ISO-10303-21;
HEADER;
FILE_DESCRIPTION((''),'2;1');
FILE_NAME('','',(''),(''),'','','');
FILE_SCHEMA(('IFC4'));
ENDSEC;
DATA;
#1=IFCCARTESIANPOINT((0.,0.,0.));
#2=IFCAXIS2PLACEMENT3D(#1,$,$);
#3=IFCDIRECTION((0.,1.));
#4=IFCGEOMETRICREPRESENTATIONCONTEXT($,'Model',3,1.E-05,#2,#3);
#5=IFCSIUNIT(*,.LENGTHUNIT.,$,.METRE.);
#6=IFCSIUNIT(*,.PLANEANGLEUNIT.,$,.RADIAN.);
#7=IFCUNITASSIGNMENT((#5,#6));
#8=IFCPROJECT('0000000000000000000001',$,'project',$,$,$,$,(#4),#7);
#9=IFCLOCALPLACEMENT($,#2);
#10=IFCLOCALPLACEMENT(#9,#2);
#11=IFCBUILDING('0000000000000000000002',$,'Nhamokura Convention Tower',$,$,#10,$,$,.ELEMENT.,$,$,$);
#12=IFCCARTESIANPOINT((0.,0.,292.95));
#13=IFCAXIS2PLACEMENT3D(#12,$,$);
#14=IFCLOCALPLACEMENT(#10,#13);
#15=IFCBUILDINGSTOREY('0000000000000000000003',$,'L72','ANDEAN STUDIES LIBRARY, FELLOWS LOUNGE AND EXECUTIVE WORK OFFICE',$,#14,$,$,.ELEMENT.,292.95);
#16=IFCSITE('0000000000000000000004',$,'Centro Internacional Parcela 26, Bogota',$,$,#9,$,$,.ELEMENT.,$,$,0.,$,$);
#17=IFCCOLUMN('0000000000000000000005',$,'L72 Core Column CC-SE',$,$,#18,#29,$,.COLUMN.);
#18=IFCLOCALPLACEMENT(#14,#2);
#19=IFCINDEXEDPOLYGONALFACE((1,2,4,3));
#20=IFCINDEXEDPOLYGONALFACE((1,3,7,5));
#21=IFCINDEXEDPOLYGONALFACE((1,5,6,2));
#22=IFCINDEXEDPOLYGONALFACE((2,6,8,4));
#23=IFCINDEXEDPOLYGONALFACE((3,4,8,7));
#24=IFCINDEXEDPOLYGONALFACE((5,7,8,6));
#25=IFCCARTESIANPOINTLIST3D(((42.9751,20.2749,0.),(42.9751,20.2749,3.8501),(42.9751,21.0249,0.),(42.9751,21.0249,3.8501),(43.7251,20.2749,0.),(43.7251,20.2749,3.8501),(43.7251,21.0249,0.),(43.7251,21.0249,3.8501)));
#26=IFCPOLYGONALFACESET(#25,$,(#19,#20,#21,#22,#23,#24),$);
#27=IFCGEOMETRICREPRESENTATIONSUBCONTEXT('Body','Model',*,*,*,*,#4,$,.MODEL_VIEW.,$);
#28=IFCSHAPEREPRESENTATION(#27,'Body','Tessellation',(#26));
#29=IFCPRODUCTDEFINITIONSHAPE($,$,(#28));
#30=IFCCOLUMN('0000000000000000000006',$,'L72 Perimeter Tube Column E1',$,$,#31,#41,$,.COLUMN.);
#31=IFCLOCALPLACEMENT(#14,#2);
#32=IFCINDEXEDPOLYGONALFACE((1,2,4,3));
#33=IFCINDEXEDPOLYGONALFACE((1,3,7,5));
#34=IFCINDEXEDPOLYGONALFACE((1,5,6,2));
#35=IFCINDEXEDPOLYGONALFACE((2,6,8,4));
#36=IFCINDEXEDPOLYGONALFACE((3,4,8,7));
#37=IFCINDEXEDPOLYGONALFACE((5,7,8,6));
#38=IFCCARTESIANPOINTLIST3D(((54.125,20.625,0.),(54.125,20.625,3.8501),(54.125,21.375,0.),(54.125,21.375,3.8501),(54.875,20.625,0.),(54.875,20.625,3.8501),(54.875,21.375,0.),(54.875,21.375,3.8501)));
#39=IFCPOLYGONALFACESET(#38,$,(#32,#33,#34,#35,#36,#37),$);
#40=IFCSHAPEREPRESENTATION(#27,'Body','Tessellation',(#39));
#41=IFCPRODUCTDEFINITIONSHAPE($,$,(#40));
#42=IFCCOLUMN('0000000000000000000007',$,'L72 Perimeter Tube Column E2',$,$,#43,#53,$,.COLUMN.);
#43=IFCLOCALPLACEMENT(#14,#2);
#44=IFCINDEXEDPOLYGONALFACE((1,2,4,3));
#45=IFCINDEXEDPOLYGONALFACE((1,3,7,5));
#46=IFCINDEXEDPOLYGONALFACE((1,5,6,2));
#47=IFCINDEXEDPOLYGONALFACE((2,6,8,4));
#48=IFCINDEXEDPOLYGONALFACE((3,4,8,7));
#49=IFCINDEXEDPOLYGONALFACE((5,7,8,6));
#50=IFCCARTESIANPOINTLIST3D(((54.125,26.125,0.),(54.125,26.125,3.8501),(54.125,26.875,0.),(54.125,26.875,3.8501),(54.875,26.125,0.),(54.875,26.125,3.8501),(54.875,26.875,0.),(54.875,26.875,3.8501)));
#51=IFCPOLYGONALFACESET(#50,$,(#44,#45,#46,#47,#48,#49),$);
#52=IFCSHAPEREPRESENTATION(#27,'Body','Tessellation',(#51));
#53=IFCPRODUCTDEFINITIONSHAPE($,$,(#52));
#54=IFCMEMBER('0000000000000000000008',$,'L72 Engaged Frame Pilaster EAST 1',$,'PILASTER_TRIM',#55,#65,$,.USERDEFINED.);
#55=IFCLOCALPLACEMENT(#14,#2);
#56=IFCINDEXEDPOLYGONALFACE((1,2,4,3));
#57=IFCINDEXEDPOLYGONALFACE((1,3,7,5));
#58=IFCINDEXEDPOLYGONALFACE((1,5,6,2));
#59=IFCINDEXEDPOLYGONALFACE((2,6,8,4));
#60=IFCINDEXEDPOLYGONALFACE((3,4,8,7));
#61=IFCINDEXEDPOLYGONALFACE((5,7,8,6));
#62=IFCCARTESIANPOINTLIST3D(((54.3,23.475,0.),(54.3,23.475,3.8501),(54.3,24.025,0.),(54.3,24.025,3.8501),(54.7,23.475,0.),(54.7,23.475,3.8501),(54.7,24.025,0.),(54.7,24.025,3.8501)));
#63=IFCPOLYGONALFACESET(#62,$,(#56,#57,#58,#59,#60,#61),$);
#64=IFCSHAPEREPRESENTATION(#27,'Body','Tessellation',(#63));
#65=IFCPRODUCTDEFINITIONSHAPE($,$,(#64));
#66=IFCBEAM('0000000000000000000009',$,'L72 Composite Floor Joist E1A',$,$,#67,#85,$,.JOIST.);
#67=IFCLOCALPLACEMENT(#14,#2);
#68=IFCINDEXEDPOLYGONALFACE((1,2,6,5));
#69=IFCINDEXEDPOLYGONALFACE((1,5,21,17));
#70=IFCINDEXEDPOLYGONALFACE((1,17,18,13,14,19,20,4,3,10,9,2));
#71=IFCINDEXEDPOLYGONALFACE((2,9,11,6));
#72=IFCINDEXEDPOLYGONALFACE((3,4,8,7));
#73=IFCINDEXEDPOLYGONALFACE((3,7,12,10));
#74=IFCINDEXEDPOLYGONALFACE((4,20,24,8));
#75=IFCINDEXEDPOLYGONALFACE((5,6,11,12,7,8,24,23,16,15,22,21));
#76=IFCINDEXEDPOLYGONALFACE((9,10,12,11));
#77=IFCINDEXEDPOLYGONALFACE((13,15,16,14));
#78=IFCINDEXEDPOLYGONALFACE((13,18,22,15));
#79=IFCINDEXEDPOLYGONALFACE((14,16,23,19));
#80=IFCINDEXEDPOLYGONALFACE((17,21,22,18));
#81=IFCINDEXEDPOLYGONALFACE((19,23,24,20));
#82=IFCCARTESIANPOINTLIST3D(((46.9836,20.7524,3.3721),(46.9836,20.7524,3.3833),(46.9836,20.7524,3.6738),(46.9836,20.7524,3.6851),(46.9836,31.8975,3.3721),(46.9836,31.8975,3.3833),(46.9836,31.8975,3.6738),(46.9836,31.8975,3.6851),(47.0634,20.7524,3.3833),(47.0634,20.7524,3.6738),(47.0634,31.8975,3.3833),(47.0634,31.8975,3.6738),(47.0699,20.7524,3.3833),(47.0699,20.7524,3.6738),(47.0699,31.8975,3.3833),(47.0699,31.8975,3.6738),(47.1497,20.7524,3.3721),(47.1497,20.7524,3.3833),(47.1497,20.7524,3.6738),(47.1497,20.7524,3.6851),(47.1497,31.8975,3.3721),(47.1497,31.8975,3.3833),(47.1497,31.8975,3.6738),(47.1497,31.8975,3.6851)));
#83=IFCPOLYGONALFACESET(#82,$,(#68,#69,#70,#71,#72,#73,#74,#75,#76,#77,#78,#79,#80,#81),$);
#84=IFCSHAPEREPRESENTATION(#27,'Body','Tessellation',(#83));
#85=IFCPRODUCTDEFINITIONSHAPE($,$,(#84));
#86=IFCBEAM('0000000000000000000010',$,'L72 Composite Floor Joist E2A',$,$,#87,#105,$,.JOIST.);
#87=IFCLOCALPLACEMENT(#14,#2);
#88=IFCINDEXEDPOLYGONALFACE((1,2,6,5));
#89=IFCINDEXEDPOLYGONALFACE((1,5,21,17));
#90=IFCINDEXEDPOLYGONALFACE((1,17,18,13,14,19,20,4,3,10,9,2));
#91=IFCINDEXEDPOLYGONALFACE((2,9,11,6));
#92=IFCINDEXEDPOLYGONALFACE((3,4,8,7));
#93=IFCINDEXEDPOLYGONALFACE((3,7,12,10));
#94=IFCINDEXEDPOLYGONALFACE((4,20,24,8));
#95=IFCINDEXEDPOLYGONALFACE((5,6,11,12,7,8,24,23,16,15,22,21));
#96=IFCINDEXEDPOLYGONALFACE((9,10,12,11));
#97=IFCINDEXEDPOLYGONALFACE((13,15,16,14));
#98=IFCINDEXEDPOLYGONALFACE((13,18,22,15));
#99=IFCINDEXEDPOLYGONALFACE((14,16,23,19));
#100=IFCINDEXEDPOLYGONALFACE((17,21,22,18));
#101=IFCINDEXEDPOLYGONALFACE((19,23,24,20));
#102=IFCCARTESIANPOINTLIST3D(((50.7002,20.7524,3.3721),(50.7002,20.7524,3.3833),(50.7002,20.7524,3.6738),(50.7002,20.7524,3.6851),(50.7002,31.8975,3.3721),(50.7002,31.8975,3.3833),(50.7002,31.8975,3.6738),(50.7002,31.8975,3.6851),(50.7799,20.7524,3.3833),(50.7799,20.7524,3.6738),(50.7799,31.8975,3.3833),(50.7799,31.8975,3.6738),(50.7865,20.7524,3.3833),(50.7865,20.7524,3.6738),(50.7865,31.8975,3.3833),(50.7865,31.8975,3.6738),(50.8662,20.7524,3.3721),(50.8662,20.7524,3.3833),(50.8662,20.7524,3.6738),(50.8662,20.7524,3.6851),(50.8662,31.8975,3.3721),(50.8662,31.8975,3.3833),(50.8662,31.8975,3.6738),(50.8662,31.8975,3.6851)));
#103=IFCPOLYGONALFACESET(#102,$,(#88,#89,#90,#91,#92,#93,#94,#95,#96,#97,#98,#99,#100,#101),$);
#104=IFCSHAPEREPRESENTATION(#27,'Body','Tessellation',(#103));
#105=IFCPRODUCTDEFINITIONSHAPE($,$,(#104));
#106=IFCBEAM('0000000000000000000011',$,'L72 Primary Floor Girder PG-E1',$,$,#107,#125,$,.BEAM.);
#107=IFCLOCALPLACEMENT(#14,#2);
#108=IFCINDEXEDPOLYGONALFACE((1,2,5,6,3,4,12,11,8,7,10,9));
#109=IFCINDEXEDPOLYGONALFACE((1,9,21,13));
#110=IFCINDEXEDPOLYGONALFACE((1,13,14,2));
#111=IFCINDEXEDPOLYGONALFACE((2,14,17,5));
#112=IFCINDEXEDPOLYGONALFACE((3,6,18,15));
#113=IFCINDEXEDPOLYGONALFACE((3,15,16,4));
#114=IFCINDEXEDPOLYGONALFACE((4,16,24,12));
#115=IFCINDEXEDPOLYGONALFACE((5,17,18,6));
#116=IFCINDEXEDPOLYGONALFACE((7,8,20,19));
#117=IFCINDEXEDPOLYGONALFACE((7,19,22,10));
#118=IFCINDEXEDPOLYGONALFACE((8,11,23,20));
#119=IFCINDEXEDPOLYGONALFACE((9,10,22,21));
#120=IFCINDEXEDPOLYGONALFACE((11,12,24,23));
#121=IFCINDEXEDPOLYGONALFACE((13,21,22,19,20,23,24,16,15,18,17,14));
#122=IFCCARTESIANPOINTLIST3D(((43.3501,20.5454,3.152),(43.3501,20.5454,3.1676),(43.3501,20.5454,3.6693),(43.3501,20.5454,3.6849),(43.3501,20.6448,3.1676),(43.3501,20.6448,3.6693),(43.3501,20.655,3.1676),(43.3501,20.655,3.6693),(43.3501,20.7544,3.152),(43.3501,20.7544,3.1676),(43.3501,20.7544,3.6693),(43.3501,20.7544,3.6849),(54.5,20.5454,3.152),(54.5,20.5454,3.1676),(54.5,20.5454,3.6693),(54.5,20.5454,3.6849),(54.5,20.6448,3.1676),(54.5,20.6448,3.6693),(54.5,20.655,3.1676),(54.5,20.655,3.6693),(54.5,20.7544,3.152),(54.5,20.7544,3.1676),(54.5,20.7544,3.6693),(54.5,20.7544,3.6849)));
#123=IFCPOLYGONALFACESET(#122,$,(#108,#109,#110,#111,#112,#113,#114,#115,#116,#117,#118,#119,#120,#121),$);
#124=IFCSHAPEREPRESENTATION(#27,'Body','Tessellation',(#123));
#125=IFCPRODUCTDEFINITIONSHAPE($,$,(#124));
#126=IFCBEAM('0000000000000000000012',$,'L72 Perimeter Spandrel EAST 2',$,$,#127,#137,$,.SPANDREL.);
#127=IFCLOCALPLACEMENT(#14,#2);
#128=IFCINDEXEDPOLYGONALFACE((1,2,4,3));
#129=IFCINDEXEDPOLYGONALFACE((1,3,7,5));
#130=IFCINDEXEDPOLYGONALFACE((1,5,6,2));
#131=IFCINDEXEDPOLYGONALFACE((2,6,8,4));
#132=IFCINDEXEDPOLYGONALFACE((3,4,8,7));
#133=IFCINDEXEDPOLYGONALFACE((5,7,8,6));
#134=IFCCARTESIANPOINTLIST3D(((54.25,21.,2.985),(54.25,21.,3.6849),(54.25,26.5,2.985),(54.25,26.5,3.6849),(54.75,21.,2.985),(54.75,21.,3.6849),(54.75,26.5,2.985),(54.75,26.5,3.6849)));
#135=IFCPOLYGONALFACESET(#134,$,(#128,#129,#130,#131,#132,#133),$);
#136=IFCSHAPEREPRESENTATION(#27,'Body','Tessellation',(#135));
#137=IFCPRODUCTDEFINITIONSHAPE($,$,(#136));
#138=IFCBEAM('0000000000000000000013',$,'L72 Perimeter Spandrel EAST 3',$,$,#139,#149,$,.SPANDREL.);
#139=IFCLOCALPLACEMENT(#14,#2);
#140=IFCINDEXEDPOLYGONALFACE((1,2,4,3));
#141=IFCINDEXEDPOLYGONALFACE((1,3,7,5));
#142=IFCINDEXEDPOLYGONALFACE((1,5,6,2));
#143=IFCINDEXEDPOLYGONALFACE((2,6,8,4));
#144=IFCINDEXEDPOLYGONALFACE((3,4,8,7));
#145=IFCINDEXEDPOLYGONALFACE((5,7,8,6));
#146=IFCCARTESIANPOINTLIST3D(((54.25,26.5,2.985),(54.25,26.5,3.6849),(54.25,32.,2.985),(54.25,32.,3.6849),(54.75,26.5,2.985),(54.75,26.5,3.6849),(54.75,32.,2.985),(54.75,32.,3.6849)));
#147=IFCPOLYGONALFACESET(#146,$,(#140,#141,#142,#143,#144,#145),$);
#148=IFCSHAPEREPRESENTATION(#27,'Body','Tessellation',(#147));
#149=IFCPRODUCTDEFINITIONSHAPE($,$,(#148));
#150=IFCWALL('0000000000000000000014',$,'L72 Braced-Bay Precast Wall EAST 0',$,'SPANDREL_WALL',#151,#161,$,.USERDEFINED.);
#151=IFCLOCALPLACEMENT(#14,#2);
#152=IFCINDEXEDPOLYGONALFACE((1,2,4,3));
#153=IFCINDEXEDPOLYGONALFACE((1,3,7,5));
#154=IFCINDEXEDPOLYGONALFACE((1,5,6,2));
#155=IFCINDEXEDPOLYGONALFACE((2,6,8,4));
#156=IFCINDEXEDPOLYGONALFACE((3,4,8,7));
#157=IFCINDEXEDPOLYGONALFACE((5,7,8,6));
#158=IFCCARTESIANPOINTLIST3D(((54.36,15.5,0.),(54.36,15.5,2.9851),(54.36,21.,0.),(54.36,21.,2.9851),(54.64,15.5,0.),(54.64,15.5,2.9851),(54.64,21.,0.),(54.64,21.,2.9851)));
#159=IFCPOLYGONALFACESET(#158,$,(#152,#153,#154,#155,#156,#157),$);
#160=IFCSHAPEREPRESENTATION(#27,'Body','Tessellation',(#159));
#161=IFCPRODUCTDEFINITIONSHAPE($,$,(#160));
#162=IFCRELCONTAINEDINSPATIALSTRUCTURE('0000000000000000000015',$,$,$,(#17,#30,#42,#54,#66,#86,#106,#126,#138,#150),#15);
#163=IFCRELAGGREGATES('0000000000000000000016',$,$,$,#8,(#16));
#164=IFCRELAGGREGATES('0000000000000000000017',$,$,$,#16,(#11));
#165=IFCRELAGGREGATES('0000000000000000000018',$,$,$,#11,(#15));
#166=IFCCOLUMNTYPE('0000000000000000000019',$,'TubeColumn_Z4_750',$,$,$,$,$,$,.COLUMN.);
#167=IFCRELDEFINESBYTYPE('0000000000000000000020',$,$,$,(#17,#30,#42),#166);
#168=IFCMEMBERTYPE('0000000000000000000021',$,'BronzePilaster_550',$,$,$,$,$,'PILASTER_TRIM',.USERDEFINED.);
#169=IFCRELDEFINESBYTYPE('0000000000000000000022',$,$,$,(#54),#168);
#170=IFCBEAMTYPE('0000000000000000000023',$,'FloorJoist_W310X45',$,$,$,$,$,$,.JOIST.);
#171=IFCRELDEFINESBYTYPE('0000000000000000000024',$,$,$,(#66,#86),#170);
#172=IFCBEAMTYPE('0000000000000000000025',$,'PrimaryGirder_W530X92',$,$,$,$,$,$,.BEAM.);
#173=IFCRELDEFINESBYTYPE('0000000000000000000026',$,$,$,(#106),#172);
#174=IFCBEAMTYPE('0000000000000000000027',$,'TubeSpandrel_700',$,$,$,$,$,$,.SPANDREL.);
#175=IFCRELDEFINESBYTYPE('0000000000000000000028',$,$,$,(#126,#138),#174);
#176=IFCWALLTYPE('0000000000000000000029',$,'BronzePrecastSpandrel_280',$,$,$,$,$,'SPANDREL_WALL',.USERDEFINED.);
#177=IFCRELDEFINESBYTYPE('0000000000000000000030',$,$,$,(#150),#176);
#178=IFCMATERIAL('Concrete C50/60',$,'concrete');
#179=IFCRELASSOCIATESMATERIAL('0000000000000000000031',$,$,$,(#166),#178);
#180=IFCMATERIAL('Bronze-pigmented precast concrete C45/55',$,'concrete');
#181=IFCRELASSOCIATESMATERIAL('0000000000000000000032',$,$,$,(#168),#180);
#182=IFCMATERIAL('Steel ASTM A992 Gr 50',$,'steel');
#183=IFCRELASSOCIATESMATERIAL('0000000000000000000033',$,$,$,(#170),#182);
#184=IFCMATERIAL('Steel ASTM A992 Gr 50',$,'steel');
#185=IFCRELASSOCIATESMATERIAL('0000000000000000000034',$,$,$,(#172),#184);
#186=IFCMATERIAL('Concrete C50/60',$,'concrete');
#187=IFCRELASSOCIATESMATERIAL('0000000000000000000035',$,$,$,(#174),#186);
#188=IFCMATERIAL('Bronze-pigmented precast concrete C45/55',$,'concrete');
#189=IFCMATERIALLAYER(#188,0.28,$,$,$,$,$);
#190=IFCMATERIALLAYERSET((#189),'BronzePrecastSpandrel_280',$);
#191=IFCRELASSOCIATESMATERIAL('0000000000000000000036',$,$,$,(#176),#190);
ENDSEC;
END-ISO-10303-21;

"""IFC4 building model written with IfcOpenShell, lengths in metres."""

from ifc_helpers import new_model, si_unit, direction, frame, frame_2d, origin, origin_2d, place, context, subcontext, project, spatial, rectangle, i_section, extrude, material, layer, layer_set, material_profile, profile_set, type_object, element, save


model = new_model("IFC4")

# Units and contexts
model_context = context("Model", 3, precision=1e-05, world=origin(), true_north=direction((0.0, 1.0)))
body_context = subcontext(model_context, "Body", "Model", "MODEL_VIEW")
ifc_project = project(units=[si_unit("LENGTHUNIT", "METRE"), si_unit("PLANEANGLEUNIT", "RADIAN")], contexts=[model_context])

# Site, building, storey
site_placement = place(None, origin())
site = spatial("IfcSite", under=ifc_project, at=site_placement, Name="Centro Internacional Parcela 26, Bogota", CompositionType="ELEMENT", RefElevation=0.0)
building_placement = place(site_placement, origin())
building = spatial("IfcBuilding", under=site, at=building_placement, Name="Nhamokura Convention Tower", CompositionType="ELEMENT")
storey_placement = place(building_placement, frame((0.0, 0.0, 292.95)))
storey = spatial("IfcBuildingStorey", under=building, at=storey_placement, Name="L72", Description="ANDEAN STUDIES LIBRARY, FELLOWS LOUNGE AND EXECUTIVE WORK OFFICE", CompositionType="ELEMENT", Elevation=292.95)

# Columns
ifc_material_1 = material(Name="Concrete C50/60", Category="concrete")
ifc_material_profile_1 = material_profile(ifc_material_1, rectangle(XDim=0.75, YDim=0.75, at=origin_2d()))
ifc_profile_set_1 = profile_set([ifc_material_profile_1], Name="Concrete C50/60")
column_type = type_object("IfcColumnType", Name="TubeColumn_Z4_750", PredefinedType="COLUMN", material=ifc_profile_set_1)
for number, where, z_axis, x_axis, name in (
    (1, (43.3501, 20.6499, 0.0), (0.0, 0.0, 1.0), (1.0, 0.0, 0.0), "L72 Core Column CC-SE"),
    (2, (54.5, 21.0, 0.0), (0.0, 0.0, 1.0), (1.0, 0.0, 0.0), "L72 Perimeter Tube Column E1"),
    (3, (54.5, 26.5, 0.0), (0.0, 0.0, 1.0), (1.0, 0.0, 0.0), "L72 Perimeter Tube Column E2"),
):
    element("IfcColumn", number, at=place(storey_placement, frame(where, z_axis=z_axis, x_axis=x_axis)), inside=storey, type_object=column_type, Name=name, PredefinedType="COLUMN", context=body_context, shape_type="SweptSolid", body=[
        extrude(rectangle(XDim=0.75, YDim=0.75, at=origin_2d()), origin(), (0.0, 0.0, 1.0), 3.8501),
    ])

# Member
ifc_material_2 = material(Name="Bronze-pigmented precast concrete C45/55", Category="concrete")
ifc_material_profile_2 = material_profile(ifc_material_2, rectangle(XDim=0.3999, YDim=0.55, at=origin_2d()))
ifc_profile_set_2 = profile_set([ifc_material_profile_2], Name="Bronze-pigmented precast concrete C45/55")
member_type = type_object("IfcMemberType", Name="BronzePilaster_550", ElementType="PILASTER_TRIM", PredefinedType="USERDEFINED", material=ifc_profile_set_2)
member_placement = place(storey_placement, frame((54.5, 23.75, 0.0), z_axis=(0.0, 0.0, 1.0), x_axis=(1.0, 0.0, 0.0)))
element("IfcMember", 4, at=member_placement, inside=storey, type_object=member_type, Name="L72 Engaged Frame Pilaster EAST 1", ObjectType="PILASTER_TRIM", PredefinedType="USERDEFINED", context=body_context, shape_type="SweptSolid", body=[
    extrude(rectangle(XDim=0.3999, YDim=0.55, at=origin_2d()), origin(), (0.0, 0.0, 1.0), 3.8501),
])

# Beams
ifc_material_3 = material(Name="Steel ASTM A992 Gr 50", Category="steel")
ifc_material_profile_3 = material_profile(ifc_material_3, i_section(OverallWidth=0.166, OverallDepth=0.313, WebThickness=0.0066, FlangeThickness=0.0112, at=origin_2d()))
ifc_profile_set_3 = profile_set([ifc_material_profile_3], Name="Steel ASTM A992 Gr 50")
beam_type_1 = type_object("IfcBeamType", Name="FloorJoist_W310X45", PredefinedType="JOIST", material=ifc_profile_set_3)
for number, where, z_axis, x_axis, name in (
    (5, (47.0667, 20.7524, 3.5286), (0.0, 1.0, 0.0), (-1.0, 0.0, 0.0), "L72 Composite Floor Joist E1A"),
    (6, (50.7832, 20.7524, 3.5286), (0.0, 1.0, 0.0), (-1.0, 0.0, 0.0), "L72 Composite Floor Joist E2A"),
):
    element("IfcBeam", number, at=place(storey_placement, frame(where, z_axis=z_axis, x_axis=x_axis)), inside=storey, type_object=beam_type_1, Name=name, PredefinedType="JOIST", context=body_context, shape_type="SweptSolid", body=[
        extrude(i_section(OverallWidth=0.166, OverallDepth=0.313, WebThickness=0.0066, FlangeThickness=0.0112, at=origin_2d()), origin(), (0.0, 0.0, 1.0), 11.145),
    ])
ifc_material_4 = material(Name="Steel ASTM A992 Gr 50", Category="steel")
ifc_material_profile_4 = material_profile(ifc_material_4, i_section(OverallWidth=0.209, OverallDepth=0.533, WebThickness=0.0103, FlangeThickness=0.0156, at=origin_2d()))
ifc_profile_set_4 = profile_set([ifc_material_profile_4], Name="Steel ASTM A992 Gr 50")
beam_type_2 = type_object("IfcBeamType", Name="PrimaryGirder_W530X92", PredefinedType="BEAM", material=ifc_profile_set_4)
beam_placement = place(storey_placement, frame((43.3501, 20.6499, 3.4185), z_axis=(1.0, 0.0, 0.0), x_axis=(0.0, 1.0, 0.0)))
element("IfcBeam", 7, at=beam_placement, inside=storey, type_object=beam_type_2, Name="L72 Primary Floor Girder PG-E1", PredefinedType="BEAM", context=body_context, shape_type="SweptSolid", body=[
    extrude(i_section(OverallWidth=0.209, OverallDepth=0.533, WebThickness=0.0103, FlangeThickness=0.0156, at=origin_2d()), origin(), (0.0, 0.0, 1.0), 11.1499),
])
ifc_material_5 = material(Name="Concrete C50/60", Category="concrete")
ifc_material_profile_5 = material_profile(ifc_material_5, rectangle(XDim=0.5, YDim=0.7, at=origin_2d()))
ifc_profile_set_5 = profile_set([ifc_material_profile_5], Name="Concrete C50/60")
beam_type_3 = type_object("IfcBeamType", Name="TubeSpandrel_700", PredefinedType="SPANDREL", material=ifc_profile_set_5)
for number, where, z_axis, x_axis, name in (
    (8, (54.5, 21.0, 3.335), (0.0, 1.0, 0.0), (-1.0, 0.0, 0.0), "L72 Perimeter Spandrel EAST 2"),
    (9, (54.5, 26.5, 3.335), (0.0, 1.0, 0.0), (-1.0, 0.0, 0.0), "L72 Perimeter Spandrel EAST 3"),
):
    element("IfcBeam", number, at=place(storey_placement, frame(where, z_axis=z_axis, x_axis=x_axis)), inside=storey, type_object=beam_type_3, Name=name, PredefinedType="SPANDREL", context=body_context, shape_type="SweptSolid", body=[
        extrude(rectangle(XDim=0.5, YDim=0.7, at=origin_2d()), origin(), (0.0, 0.0, 1.0), 5.5),
    ])

# Wall
ifc_material_6 = material(Name="Bronze-pigmented precast concrete C45/55", Category="concrete")
ifc_layer_1 = layer(ifc_material_6, 0.28)
ifc_layer_set_1 = layer_set([ifc_layer_1], Name="BronzePrecastSpandrel_280")
wall_type_1 = type_object("IfcWallType", Name="BronzePrecastSpandrel_280", ElementType="SPANDREL_WALL", PredefinedType="USERDEFINED", material=ifc_layer_set_1)
wall_1_placement = place(storey_placement, frame((54.5, 21.0, 0.0), z_axis=(0.0, 0.0, 1.0), x_axis=(0.0, -1.0, 0.0)))
element("IfcWall", 10, at=wall_1_placement, inside=storey, type_object=wall_type_1, Name="L72 Braced-Bay Precast Wall EAST 0", ObjectType="SPANDREL_WALL", PredefinedType="USERDEFINED", context=body_context, shape_type="SweptSolid", body=[
    extrude(rectangle(XDim=5.5, YDim=0.28, at=frame_2d((2.75, 0.0))), origin(), (0.0, 0.0, 1.0), 2.9851),
])

save(model, "model.ifc")
